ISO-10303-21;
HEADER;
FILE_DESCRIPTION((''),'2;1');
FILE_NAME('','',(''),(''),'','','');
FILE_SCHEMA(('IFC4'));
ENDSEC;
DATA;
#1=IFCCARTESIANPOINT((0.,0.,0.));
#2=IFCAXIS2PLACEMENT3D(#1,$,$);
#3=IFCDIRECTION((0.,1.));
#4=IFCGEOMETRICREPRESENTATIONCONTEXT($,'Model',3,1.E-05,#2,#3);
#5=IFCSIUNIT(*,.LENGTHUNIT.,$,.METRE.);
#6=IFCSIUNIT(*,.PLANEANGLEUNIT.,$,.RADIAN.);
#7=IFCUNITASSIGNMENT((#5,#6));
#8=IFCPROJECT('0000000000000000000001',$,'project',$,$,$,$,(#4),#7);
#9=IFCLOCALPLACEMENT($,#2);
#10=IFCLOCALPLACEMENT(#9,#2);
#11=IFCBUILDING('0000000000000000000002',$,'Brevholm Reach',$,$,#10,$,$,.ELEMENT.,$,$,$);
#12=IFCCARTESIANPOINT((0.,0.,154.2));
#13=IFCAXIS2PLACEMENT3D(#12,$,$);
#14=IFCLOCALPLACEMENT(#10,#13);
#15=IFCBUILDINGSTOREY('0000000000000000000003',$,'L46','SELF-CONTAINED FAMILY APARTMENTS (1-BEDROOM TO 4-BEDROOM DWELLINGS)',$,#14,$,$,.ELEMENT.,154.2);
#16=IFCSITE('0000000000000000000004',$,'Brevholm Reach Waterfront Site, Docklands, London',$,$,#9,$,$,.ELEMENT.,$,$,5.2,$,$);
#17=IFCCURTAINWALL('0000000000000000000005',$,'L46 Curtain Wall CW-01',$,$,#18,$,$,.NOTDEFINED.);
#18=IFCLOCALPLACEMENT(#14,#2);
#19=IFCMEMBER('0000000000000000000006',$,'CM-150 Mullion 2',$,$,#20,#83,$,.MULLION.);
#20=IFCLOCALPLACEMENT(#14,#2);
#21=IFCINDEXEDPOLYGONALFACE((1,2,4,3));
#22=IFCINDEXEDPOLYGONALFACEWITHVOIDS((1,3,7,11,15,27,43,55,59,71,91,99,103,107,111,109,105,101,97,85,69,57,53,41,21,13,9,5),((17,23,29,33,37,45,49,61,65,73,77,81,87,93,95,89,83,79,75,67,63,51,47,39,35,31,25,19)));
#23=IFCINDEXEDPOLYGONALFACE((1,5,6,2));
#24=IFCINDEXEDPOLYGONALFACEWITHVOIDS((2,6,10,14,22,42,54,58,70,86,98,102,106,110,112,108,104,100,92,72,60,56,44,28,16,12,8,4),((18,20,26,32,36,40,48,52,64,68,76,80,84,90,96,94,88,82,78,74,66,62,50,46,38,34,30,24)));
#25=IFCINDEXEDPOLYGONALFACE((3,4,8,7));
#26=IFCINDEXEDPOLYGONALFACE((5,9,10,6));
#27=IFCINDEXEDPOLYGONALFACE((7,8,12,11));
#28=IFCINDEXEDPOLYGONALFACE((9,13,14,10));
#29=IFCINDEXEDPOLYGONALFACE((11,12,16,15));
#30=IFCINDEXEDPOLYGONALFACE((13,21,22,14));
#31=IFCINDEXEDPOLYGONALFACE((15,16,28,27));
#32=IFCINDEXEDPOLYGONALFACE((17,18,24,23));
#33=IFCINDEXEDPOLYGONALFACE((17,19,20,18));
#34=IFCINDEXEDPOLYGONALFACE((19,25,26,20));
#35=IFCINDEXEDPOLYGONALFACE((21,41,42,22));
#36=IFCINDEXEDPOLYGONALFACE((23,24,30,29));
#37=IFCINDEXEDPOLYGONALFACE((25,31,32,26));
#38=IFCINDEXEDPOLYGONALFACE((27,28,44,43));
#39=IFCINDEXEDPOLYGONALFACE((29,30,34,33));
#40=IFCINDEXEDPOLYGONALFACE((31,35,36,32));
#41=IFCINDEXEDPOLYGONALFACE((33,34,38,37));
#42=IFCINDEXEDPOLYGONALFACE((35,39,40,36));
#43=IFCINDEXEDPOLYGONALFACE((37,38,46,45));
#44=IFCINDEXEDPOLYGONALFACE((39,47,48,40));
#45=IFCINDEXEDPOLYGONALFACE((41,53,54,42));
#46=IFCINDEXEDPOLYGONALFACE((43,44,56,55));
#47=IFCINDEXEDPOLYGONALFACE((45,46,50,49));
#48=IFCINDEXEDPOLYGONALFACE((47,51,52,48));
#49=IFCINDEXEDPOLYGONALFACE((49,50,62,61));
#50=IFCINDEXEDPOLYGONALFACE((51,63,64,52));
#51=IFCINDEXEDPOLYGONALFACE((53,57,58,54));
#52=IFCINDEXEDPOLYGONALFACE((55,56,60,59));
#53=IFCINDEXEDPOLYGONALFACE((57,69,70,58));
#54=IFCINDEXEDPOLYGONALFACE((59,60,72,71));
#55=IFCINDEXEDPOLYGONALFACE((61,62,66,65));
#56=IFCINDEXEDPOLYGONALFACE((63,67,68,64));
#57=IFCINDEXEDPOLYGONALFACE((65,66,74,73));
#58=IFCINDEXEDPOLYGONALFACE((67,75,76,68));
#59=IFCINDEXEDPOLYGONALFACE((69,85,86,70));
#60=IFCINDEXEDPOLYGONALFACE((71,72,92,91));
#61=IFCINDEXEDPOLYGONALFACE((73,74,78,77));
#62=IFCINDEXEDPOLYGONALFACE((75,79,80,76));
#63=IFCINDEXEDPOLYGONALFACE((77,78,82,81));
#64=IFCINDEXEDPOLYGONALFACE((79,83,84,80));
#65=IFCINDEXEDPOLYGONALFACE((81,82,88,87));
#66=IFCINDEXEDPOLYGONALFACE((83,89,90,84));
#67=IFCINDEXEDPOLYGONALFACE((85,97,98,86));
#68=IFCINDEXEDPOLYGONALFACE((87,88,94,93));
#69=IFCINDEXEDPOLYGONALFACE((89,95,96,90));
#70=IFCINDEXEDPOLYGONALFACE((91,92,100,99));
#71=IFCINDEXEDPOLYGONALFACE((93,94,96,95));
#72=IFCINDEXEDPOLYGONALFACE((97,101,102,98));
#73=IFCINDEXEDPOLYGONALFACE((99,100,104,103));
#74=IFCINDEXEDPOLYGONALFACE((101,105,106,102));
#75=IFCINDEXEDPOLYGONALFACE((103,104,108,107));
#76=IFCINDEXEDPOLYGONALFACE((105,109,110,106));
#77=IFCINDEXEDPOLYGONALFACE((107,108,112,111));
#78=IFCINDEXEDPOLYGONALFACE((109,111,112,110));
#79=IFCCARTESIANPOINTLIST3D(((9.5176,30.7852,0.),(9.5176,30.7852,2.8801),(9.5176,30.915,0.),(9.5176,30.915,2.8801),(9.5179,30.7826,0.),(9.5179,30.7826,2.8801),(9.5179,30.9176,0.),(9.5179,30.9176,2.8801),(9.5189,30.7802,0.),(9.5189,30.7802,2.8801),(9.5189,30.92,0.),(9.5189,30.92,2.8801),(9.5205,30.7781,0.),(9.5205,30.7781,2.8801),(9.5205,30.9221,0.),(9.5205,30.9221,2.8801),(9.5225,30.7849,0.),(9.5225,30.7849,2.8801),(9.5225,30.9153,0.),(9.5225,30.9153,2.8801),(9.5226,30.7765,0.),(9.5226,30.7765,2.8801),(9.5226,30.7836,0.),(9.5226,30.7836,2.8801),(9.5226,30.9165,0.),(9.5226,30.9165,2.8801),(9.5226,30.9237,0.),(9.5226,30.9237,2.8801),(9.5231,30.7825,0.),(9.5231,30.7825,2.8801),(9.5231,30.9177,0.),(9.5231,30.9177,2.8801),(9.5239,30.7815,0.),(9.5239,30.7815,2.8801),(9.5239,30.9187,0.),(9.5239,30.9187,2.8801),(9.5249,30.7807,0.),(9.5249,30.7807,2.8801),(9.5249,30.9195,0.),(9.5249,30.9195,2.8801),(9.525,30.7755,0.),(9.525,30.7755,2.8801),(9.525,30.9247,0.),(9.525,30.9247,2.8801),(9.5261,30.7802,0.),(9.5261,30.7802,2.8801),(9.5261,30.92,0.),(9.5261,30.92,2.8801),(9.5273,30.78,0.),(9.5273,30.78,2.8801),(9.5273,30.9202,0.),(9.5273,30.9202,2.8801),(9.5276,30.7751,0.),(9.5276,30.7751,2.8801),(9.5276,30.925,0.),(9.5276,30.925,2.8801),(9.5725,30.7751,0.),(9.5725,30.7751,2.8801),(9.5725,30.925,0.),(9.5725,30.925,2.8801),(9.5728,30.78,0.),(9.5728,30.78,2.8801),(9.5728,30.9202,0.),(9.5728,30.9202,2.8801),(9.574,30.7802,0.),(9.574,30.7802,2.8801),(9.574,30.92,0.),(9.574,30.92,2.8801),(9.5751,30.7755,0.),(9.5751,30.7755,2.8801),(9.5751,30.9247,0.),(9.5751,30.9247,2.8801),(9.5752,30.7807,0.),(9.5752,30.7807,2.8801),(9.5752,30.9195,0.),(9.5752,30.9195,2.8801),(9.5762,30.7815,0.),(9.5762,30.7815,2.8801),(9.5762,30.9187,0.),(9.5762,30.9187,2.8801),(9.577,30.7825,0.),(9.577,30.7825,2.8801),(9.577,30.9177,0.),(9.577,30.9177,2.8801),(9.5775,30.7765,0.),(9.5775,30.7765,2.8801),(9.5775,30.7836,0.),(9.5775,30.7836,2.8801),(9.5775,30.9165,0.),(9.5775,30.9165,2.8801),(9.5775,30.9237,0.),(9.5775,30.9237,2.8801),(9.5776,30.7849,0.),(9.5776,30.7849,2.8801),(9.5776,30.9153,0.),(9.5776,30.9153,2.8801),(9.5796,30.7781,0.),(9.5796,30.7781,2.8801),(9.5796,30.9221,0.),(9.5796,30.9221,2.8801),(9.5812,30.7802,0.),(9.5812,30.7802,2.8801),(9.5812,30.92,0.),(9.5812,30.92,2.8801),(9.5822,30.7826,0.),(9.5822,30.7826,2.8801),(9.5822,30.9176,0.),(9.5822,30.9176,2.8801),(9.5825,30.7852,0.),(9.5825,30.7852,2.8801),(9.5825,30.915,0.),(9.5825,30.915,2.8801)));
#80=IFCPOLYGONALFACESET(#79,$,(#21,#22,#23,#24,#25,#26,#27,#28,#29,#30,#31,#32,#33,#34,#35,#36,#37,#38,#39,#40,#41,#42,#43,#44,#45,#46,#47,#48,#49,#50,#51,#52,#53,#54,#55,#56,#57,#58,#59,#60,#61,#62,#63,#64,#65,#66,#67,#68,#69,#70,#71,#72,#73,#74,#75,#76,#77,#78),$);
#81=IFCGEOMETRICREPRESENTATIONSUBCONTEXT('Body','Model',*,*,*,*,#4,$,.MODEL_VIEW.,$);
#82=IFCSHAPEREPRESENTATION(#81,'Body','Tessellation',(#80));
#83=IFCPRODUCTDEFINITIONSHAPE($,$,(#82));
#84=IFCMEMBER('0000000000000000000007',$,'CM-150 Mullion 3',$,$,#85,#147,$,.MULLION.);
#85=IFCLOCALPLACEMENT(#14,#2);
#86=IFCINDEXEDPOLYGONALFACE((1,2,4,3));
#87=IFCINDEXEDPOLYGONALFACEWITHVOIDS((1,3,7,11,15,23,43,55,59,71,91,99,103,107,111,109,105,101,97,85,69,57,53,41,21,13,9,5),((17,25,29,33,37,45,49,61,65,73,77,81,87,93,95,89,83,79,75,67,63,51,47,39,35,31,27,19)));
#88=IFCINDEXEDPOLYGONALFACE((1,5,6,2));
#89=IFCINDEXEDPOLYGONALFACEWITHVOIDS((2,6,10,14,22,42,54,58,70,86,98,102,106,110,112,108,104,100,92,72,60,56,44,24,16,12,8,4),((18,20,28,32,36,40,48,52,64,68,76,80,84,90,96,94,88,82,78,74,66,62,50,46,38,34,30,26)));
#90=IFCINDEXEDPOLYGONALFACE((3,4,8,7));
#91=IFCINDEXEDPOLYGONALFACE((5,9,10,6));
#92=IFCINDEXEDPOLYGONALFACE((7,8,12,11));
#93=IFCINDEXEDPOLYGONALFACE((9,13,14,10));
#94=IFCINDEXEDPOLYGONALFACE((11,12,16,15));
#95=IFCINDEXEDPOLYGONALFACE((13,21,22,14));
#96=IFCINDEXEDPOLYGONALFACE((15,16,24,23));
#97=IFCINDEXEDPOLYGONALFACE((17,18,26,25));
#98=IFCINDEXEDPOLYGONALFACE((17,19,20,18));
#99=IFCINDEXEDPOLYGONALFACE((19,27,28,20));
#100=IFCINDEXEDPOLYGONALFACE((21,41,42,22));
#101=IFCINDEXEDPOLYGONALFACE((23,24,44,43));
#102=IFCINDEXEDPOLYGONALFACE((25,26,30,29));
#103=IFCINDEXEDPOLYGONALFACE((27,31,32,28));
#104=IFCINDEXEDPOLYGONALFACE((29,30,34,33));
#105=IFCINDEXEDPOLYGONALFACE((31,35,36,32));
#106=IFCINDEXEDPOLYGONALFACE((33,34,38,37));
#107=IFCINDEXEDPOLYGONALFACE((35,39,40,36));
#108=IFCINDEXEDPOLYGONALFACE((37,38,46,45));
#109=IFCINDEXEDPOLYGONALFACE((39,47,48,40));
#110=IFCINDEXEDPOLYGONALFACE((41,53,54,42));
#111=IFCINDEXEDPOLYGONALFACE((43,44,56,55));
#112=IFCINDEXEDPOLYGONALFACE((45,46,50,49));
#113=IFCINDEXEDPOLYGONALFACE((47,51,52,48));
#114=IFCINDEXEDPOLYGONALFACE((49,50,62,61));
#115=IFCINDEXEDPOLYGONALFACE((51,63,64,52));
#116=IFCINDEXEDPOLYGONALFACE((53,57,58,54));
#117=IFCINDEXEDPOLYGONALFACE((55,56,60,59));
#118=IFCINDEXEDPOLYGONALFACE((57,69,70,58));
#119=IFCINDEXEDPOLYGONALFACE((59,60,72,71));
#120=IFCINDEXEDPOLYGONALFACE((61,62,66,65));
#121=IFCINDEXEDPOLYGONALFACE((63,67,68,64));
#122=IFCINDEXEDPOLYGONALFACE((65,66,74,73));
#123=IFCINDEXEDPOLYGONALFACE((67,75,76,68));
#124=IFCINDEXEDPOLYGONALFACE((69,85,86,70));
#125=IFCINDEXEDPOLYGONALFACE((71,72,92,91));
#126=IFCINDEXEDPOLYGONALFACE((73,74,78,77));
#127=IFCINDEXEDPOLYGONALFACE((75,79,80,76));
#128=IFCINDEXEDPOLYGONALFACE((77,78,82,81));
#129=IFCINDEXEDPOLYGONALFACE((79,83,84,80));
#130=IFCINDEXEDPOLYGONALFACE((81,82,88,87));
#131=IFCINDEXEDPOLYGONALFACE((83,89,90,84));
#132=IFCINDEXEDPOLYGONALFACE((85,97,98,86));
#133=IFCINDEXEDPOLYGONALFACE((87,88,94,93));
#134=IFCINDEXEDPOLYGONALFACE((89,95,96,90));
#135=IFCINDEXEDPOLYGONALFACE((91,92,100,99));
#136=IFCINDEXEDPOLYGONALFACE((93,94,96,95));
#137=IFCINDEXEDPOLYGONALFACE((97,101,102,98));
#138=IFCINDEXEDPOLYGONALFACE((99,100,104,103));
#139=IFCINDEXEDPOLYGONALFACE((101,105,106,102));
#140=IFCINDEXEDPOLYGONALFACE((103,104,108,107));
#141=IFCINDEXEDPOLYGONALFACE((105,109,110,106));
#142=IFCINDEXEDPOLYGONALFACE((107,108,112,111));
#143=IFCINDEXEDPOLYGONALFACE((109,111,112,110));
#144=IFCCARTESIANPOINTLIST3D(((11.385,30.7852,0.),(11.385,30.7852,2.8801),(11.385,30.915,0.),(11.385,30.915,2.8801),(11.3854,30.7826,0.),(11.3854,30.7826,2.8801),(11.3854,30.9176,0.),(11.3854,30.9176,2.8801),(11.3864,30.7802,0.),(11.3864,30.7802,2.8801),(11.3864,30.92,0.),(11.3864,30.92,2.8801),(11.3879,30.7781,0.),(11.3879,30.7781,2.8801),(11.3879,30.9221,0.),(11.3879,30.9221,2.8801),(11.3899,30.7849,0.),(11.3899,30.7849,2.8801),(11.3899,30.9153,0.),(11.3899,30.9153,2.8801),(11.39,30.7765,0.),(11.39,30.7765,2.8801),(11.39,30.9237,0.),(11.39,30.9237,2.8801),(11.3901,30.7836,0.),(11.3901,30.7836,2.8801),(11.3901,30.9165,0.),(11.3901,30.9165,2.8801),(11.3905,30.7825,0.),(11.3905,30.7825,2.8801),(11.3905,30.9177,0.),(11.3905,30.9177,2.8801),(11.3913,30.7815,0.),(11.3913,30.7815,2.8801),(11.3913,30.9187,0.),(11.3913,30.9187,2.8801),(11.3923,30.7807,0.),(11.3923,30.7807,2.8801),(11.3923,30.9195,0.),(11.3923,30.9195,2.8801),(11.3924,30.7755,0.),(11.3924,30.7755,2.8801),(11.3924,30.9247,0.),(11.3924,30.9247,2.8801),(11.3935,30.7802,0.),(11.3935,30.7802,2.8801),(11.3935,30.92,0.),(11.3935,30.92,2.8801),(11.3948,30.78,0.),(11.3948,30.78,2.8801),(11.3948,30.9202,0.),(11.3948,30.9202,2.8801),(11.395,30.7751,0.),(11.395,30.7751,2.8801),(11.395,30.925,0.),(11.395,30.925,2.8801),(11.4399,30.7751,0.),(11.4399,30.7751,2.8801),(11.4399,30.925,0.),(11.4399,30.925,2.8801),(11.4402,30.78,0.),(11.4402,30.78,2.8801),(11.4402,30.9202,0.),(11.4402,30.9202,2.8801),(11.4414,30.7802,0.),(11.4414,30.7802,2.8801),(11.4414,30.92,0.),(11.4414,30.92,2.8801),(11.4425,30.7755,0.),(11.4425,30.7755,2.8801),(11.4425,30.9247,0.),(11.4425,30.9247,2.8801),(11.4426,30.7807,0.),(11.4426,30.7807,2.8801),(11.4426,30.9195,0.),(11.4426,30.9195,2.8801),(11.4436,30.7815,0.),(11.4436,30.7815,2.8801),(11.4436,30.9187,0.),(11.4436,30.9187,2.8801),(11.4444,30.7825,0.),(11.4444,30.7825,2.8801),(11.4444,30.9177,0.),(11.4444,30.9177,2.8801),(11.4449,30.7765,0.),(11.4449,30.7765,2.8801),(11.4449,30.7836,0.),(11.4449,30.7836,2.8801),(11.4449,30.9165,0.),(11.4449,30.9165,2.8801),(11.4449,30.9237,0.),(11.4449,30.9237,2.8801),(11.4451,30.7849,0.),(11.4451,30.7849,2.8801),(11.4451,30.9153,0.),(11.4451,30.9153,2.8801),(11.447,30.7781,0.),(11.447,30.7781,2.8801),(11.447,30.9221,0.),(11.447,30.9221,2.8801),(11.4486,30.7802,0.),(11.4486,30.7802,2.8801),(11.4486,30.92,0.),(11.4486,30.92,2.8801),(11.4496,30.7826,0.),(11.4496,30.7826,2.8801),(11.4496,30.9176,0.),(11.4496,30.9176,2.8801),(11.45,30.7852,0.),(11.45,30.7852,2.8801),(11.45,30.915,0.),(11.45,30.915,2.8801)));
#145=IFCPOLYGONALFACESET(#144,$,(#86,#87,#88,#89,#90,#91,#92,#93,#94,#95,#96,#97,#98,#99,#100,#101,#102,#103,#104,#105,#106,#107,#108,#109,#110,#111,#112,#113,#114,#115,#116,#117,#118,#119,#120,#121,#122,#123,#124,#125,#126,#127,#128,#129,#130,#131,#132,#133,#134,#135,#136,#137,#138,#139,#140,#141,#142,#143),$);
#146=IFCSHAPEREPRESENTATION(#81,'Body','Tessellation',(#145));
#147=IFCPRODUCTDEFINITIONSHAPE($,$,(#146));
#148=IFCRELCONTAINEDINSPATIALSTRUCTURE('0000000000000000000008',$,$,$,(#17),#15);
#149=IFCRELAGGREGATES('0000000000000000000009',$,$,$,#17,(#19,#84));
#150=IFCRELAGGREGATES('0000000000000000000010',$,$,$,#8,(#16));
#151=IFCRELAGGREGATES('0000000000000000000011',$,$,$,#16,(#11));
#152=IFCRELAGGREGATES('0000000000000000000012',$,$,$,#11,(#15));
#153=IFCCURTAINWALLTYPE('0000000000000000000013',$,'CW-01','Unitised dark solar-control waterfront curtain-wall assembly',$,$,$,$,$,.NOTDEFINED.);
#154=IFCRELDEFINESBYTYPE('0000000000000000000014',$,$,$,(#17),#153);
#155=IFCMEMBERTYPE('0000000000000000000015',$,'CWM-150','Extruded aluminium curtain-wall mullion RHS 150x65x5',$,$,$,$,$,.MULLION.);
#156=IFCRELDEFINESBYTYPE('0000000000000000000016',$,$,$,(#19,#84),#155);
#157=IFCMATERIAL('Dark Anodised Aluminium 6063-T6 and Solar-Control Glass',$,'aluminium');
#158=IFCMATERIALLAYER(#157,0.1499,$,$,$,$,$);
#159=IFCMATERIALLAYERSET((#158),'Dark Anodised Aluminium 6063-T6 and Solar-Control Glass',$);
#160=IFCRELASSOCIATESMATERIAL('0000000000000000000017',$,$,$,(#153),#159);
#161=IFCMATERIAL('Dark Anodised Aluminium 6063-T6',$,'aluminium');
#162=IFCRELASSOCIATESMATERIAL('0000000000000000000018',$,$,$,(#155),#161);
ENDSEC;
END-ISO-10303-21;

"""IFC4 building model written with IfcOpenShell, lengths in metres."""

from ifc_helpers import new_model, si_unit, direction, frame, origin, origin_2d, place, context, subcontext, project, spatial, hollow_rectangle, extrude, material, layer, layer_set, material_profile, profile_set, type_object, element, aggregate, save


model = new_model("IFC4")

# Units and contexts
model_context = context("Model", 3, precision=1e-05, world=origin(), true_north=direction((0.0, 1.0)))
body_context = subcontext(model_context, "Body", "Model", "MODEL_VIEW")
ifc_project = project(units=[si_unit("LENGTHUNIT", "METRE"), si_unit("PLANEANGLEUNIT", "RADIAN")], contexts=[model_context])

# Site, building, storey
site_placement = place(None, origin())
site = spatial("IfcSite", under=ifc_project, at=site_placement, Name="Brevholm Reach Waterfront Site, Docklands, London", CompositionType="ELEMENT", RefElevation=5.2)
building_placement = place(site_placement, origin())
building = spatial("IfcBuilding", under=site, at=building_placement, Name="Brevholm Reach", CompositionType="ELEMENT")
storey_placement = place(building_placement, frame((0.0, 0.0, 154.2)))
storey = spatial("IfcBuildingStorey", under=building, at=storey_placement, Name="L46", Description="SELF-CONTAINED FAMILY APARTMENTS (1-BEDROOM TO 4-BEDROOM DWELLINGS)", CompositionType="ELEMENT", Elevation=154.2)

# Curtain wall, members
ifc_material_1 = material(Name="Dark Anodised Aluminium 6063-T6 and Solar-Control Glass", Category="aluminium")
ifc_layer_1 = layer(ifc_material_1, 0.1499)
ifc_layer_set_1 = layer_set([ifc_layer_1], Name="Dark Anodised Aluminium 6063-T6 and Solar-Control Glass")
curtain_wall_type = type_object("IfcCurtainWallType", Name="CW-01", Description="Unitised dark solar-control waterfront curtain-wall assembly", PredefinedType="NOTDEFINED", material=ifc_layer_set_1)
curtain_wall_placement = place(storey_placement, origin())
curtain_wall = element("IfcCurtainWall", 1, at=curtain_wall_placement, inside=storey, type_object=curtain_wall_type, Name="L46 Curtain Wall CW-01", PredefinedType="NOTDEFINED")
ifc_material_2 = material(Name="Dark Anodised Aluminium 6063-T6", Category="aluminium")
ifc_material_profile_1 = material_profile(ifc_material_2, hollow_rectangle(XDim=0.0649, YDim=0.1499, WallThickness=0.0049, InnerFilletRadius=0.0049, OuterFilletRadius=0.01, at=origin_2d()), Name="RHS 150x65x5")
ifc_profile_set_1 = profile_set([ifc_material_profile_1], Name="Dark Anodised Aluminium 6063-T6")
member_type_1 = type_object("IfcMemberType", Name="CWM-150", Description="Extruded aluminium curtain-wall mullion RHS 150x65x5", PredefinedType="MULLION", material=ifc_profile_set_1)
member_1_placement = place(storey_placement, frame((9.55, 30.8501, 0.0), z_axis=(0.0, 0.0, 1.0), x_axis=(1.0, 0.0, 0.0)))
member_1 = element("IfcMember", 2, at=member_1_placement, type_object=member_type_1, Name="CM-150 Mullion 2", PredefinedType="MULLION", context=body_context, shape_type="SweptSolid", body=[
    extrude(hollow_rectangle(XDim=0.0649, YDim=0.1499, WallThickness=0.0049, InnerFilletRadius=0.0049, OuterFilletRadius=0.01, at=origin_2d()), origin(), (0.0, 0.0, 1.0), 2.8801),
])
member_2_placement = place(storey_placement, frame((11.4175, 30.8501, 0.0), z_axis=(0.0, 0.0, 1.0), x_axis=(1.0, 0.0, 0.0)))
member_2 = element("IfcMember", 3, at=member_2_placement, type_object=member_type_1, Name="CM-150 Mullion 3", PredefinedType="MULLION", context=body_context, shape_type="SweptSolid", body=[
    extrude(hollow_rectangle(XDim=0.0649, YDim=0.1499, WallThickness=0.0049, InnerFilletRadius=0.0049, OuterFilletRadius=0.01, at=origin_2d()), origin(), (0.0, 0.0, 1.0), 2.8801),
])
aggregate(curtain_wall, [member_1, member_2])

save(model, "model.ifc")
